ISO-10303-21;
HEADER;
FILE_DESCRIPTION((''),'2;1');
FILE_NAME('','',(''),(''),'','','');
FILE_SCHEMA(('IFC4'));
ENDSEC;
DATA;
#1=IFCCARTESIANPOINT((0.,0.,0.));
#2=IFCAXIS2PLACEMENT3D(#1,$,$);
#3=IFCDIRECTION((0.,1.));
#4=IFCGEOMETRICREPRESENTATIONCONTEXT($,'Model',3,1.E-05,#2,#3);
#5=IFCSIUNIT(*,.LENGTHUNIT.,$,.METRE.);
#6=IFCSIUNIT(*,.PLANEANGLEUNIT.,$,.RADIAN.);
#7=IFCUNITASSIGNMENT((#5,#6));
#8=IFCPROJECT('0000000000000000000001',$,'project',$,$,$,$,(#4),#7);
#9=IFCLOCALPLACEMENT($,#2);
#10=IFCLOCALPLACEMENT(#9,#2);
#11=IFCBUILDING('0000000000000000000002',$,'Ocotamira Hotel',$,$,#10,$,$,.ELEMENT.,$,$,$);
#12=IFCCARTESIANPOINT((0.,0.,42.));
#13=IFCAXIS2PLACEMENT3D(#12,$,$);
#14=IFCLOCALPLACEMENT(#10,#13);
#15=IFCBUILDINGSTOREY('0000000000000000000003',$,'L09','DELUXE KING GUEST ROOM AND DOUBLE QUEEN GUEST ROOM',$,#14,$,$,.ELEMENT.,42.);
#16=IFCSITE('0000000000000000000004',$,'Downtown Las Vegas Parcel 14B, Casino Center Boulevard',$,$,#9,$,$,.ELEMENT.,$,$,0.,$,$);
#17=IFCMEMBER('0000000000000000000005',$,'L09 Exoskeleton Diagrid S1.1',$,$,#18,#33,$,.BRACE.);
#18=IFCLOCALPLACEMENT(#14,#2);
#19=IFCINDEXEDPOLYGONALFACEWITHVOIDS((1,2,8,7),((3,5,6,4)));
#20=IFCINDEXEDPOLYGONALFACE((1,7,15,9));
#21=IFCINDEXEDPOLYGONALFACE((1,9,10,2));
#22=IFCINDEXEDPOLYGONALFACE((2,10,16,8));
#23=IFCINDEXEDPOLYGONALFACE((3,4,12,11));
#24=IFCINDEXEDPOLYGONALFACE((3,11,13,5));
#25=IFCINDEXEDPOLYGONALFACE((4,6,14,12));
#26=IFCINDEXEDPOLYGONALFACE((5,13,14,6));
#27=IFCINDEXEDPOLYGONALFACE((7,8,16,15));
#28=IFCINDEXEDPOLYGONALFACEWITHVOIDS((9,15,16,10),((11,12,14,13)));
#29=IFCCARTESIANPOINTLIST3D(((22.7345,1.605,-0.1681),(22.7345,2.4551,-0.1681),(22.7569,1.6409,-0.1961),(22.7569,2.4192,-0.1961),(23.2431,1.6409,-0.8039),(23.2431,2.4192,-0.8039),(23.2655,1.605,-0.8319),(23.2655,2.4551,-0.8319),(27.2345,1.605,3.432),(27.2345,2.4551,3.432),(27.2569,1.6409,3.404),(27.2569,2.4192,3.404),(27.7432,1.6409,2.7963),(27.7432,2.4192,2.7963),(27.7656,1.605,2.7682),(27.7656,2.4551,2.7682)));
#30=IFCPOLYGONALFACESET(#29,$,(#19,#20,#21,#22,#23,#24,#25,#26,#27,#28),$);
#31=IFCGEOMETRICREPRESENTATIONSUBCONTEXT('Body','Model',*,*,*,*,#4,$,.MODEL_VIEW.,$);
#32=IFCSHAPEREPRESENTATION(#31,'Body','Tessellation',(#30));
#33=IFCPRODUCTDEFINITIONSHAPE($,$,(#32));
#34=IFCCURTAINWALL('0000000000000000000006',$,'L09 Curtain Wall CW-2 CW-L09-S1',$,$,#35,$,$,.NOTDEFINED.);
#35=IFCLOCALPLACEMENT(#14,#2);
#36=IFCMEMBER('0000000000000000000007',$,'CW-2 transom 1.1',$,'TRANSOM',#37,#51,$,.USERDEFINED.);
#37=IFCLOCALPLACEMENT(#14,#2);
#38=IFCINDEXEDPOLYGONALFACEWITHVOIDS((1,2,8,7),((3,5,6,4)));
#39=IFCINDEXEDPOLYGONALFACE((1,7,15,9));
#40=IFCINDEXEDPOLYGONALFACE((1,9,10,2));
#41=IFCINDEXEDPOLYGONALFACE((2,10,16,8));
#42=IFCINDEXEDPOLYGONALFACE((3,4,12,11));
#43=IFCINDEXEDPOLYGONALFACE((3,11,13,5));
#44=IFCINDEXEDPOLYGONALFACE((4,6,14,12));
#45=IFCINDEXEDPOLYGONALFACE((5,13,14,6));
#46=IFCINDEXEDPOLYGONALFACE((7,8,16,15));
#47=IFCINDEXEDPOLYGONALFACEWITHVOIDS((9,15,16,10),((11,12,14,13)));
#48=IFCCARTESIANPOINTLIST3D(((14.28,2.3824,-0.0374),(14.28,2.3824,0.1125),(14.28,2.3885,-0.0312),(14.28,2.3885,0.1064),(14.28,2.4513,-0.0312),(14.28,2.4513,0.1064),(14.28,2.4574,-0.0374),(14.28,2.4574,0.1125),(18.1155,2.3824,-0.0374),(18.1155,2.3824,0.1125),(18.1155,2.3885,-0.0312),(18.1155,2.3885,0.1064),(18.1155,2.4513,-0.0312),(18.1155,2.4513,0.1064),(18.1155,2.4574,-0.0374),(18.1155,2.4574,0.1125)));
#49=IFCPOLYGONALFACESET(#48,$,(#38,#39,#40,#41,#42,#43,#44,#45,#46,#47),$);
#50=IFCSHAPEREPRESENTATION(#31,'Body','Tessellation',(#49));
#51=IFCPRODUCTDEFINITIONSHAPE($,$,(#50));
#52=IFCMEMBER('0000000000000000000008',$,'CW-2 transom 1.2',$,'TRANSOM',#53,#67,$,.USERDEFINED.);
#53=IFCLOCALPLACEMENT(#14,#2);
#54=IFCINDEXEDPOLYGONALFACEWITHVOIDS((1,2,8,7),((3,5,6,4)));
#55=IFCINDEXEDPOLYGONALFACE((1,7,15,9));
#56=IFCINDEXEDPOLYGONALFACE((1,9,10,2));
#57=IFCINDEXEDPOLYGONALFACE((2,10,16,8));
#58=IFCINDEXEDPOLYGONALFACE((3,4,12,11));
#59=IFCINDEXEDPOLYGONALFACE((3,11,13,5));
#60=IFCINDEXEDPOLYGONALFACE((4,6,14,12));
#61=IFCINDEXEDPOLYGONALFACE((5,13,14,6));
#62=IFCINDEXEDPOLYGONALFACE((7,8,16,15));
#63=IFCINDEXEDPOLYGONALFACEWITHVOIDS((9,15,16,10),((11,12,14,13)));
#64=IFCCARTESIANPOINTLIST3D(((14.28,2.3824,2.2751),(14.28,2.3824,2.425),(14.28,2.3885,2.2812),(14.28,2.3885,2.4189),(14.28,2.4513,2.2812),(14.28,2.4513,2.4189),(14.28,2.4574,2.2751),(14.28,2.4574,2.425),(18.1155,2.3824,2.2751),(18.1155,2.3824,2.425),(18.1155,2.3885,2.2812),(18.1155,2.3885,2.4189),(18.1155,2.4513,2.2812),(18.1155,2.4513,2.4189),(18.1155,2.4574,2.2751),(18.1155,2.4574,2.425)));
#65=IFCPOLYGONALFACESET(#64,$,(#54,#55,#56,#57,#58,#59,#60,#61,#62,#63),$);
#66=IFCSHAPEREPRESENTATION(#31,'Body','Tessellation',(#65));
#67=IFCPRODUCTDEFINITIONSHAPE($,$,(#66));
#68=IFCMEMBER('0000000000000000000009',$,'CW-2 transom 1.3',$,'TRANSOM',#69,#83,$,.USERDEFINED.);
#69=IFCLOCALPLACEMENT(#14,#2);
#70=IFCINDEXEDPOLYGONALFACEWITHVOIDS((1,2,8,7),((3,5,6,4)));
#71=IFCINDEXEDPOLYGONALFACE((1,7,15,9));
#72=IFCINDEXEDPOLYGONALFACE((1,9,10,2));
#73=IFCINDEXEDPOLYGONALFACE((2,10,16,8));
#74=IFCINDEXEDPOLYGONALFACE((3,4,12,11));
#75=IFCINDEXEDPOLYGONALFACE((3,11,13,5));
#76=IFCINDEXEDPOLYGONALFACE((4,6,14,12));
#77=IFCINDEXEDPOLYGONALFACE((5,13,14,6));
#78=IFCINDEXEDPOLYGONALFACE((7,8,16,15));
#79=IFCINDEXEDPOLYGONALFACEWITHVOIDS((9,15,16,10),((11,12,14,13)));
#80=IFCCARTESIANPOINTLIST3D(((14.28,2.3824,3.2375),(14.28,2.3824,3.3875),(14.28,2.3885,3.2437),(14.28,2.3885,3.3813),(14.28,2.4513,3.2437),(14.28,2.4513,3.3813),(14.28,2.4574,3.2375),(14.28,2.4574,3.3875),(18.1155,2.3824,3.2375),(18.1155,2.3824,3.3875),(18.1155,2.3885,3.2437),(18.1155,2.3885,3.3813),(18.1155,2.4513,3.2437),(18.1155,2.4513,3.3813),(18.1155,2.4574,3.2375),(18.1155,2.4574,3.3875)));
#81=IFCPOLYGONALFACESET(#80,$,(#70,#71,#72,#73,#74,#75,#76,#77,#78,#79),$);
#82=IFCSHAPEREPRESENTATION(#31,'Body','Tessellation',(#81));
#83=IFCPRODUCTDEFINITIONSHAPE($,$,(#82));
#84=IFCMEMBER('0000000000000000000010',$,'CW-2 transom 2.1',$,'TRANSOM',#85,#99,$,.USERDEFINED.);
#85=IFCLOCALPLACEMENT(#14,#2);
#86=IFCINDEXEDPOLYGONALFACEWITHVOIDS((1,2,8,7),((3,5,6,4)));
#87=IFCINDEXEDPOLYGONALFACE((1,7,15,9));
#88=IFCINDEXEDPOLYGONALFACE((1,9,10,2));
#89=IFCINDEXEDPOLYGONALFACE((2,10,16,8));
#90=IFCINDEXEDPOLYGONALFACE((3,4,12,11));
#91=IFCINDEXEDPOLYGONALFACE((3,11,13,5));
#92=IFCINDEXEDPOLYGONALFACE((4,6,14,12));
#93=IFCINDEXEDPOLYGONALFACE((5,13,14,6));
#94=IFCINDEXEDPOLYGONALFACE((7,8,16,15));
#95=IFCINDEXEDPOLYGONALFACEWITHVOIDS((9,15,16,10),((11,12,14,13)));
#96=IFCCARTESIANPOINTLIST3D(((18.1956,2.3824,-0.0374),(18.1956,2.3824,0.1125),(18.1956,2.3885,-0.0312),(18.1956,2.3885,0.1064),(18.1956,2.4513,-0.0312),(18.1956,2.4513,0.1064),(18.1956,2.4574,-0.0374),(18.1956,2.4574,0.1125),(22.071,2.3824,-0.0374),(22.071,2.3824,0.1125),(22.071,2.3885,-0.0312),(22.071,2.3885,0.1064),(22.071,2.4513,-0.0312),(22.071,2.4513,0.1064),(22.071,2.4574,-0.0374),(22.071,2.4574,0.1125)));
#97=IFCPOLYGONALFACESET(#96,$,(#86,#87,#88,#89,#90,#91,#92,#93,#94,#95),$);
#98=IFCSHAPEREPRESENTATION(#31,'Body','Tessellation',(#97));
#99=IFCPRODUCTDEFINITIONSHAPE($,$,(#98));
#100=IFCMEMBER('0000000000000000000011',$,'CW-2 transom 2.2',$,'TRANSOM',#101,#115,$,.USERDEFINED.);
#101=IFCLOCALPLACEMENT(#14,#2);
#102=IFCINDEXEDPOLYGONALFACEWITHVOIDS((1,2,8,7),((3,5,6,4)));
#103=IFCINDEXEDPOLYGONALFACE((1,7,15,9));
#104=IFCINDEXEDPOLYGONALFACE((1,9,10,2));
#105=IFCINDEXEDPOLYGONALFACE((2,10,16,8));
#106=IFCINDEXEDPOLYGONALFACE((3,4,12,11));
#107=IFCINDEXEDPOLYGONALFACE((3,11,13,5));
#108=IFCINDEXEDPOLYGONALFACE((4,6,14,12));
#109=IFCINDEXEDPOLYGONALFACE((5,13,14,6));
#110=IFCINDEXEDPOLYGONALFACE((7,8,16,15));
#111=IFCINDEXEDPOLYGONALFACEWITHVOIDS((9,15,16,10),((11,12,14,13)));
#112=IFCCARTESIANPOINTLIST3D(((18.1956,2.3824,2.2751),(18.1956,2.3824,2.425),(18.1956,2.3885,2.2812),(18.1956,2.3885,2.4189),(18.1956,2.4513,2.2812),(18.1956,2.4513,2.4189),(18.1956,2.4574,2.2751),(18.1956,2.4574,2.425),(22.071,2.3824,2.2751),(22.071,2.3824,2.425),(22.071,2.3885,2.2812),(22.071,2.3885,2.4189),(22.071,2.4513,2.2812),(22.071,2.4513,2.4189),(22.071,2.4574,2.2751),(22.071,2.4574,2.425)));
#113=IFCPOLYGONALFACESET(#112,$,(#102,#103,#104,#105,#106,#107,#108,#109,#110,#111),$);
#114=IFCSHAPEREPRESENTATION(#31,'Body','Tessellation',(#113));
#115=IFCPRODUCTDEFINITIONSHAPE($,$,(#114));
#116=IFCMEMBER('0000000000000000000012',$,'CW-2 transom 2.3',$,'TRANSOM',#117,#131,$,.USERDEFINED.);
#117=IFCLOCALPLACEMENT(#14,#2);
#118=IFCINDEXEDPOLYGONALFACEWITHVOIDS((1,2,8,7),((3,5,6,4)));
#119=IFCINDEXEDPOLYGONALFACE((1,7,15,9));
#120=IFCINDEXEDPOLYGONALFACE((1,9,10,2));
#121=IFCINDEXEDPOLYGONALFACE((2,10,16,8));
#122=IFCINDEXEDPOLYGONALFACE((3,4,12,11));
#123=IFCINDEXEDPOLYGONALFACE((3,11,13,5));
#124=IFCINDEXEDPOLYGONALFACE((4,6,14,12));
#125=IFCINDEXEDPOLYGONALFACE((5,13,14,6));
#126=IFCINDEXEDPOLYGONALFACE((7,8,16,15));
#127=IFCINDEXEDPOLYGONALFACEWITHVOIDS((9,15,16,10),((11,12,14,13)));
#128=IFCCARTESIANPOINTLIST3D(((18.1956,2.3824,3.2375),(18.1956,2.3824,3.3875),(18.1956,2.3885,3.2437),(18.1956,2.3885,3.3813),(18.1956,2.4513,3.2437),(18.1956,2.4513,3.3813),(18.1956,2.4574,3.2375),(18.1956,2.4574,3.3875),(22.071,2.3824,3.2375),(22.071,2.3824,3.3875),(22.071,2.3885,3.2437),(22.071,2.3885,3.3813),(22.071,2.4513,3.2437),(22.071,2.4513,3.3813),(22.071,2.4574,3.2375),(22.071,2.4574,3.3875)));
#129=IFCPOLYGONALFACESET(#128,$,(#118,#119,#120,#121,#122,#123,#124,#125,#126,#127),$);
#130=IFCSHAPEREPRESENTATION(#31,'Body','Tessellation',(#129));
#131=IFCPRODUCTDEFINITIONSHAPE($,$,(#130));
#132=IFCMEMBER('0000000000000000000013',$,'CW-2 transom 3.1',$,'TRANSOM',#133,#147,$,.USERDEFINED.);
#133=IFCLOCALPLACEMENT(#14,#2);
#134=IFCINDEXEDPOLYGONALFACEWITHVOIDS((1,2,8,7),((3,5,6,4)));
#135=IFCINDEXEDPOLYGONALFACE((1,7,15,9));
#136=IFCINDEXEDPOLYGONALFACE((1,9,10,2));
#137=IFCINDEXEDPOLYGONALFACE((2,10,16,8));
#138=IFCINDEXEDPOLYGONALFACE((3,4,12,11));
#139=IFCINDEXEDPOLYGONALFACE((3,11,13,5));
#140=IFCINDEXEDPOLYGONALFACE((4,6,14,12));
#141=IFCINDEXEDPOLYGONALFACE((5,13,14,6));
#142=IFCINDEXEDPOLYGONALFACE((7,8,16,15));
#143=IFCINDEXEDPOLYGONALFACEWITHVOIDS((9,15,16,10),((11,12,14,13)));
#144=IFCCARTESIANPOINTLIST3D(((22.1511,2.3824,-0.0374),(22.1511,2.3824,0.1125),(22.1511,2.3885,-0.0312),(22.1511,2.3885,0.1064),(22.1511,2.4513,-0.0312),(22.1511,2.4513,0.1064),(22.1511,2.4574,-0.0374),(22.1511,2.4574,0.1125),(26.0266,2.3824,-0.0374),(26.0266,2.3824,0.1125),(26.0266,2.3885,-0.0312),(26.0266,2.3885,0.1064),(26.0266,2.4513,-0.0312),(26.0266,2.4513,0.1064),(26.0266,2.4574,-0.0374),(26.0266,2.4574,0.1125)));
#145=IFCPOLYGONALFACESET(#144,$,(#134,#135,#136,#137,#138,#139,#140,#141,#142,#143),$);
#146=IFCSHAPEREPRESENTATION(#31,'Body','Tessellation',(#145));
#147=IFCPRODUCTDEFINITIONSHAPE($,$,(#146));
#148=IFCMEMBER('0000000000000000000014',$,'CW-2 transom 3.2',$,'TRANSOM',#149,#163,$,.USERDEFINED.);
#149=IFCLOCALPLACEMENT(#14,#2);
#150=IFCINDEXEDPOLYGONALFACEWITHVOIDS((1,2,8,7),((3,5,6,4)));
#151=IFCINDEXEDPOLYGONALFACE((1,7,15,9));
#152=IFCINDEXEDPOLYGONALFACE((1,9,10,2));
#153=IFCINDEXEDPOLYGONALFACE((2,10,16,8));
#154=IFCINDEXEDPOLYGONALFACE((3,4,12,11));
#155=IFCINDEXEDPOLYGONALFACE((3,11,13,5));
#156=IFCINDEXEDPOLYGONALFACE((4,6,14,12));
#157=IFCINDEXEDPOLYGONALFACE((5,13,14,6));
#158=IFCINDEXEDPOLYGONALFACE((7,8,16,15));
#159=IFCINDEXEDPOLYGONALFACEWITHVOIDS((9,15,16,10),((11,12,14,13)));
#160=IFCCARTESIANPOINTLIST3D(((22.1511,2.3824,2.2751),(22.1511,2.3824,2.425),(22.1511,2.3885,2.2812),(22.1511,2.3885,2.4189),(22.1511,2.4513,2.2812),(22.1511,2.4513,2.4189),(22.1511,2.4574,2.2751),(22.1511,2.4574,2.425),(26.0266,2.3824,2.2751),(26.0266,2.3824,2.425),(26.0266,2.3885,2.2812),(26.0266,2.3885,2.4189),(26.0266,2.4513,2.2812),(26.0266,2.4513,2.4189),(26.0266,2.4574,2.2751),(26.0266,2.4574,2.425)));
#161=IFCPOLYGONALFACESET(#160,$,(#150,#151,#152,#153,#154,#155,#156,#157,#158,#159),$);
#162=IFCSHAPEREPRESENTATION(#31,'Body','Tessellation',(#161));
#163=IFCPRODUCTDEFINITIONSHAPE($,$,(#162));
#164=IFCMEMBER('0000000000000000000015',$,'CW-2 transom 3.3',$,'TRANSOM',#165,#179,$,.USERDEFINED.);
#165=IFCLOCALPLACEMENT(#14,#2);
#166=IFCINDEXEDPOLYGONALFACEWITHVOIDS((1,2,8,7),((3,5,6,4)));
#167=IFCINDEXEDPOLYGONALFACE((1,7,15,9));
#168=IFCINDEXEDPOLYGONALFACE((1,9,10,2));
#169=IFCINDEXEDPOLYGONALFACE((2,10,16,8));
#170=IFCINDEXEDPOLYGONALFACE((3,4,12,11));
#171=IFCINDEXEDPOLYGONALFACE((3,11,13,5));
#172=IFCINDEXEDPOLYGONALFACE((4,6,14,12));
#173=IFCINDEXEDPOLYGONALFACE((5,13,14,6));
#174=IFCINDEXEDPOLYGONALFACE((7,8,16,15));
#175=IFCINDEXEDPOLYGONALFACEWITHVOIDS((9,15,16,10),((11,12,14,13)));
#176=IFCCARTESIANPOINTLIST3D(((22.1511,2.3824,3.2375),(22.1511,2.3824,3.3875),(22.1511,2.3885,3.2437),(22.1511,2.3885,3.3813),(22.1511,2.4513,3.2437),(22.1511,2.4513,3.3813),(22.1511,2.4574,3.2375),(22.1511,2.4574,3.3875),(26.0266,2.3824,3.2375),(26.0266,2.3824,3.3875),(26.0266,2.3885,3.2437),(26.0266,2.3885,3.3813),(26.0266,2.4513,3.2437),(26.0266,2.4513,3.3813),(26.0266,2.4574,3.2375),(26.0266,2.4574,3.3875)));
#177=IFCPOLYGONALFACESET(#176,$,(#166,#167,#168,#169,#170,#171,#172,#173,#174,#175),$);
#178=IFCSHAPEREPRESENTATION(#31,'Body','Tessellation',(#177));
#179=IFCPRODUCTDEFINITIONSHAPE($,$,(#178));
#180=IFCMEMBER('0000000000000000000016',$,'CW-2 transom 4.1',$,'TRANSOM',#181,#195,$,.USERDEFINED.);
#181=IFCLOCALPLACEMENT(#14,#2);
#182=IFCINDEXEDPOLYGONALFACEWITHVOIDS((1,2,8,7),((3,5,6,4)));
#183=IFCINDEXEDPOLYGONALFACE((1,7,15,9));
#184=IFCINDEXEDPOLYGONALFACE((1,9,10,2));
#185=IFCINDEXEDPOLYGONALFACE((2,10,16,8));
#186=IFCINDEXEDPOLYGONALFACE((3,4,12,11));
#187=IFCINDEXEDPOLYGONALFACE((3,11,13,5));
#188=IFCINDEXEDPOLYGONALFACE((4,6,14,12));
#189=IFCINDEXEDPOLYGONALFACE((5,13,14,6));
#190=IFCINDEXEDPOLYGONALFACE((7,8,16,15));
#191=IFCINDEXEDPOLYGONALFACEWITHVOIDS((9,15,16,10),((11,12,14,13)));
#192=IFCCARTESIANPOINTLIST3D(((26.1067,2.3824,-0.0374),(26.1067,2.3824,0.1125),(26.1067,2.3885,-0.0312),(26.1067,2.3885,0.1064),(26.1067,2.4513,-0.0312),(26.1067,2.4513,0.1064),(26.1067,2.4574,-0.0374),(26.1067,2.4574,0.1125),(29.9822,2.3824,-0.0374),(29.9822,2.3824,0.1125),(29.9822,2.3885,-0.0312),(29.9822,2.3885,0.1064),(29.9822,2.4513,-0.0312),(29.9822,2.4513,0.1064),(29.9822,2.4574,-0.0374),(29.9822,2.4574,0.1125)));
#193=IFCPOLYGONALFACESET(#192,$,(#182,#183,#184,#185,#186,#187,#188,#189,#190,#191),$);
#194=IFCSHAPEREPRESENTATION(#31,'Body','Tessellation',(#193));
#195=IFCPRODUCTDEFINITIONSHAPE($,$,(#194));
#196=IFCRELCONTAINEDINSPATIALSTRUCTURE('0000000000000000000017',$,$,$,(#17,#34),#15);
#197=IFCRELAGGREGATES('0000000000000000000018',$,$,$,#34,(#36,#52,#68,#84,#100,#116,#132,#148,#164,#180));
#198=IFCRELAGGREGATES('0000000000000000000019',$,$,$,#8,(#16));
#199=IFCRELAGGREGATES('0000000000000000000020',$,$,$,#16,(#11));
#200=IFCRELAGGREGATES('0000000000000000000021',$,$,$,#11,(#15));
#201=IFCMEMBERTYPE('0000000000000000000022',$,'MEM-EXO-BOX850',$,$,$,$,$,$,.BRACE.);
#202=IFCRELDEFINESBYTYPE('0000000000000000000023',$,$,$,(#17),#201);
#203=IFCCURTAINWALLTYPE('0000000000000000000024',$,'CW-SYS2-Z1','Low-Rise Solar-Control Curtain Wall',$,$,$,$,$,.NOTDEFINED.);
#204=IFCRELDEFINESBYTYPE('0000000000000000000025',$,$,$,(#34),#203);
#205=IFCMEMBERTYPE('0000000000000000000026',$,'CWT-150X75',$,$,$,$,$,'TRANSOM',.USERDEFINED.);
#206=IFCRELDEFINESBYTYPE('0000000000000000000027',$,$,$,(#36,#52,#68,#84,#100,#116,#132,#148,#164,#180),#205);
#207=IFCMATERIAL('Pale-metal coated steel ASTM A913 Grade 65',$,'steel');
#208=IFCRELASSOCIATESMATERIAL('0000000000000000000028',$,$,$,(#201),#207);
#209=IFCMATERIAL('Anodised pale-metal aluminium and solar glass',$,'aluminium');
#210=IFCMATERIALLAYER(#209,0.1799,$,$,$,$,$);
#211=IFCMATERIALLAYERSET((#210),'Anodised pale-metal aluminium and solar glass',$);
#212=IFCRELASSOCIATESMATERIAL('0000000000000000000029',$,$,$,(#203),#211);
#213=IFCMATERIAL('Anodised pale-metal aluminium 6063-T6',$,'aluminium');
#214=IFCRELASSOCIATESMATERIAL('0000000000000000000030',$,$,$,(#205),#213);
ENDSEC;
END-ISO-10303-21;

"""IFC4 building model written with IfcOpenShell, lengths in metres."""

from ifc_helpers import new_model, si_unit, direction, frame, origin, origin_2d, place, context, subcontext, project, spatial, hollow_rectangle, extrude, source, transform, mapped, material, layer, layer_set, material_profile, profile_set, type_object, element, aggregate, save


model = new_model("IFC4")

# Units and contexts
model_context = context("Model", 3, precision=1e-05, world=origin(), true_north=direction((0.0, 1.0)))
body_context = subcontext(model_context, "Body", "Model", "MODEL_VIEW")
ifc_project = project(units=[si_unit("LENGTHUNIT", "METRE"), si_unit("PLANEANGLEUNIT", "RADIAN")], contexts=[model_context])

# Site, building, storey
site_placement = place(None, origin())
site = spatial("IfcSite", under=ifc_project, at=site_placement, Name="Downtown Las Vegas Parcel 14B, Casino Center Boulevard", CompositionType="ELEMENT", RefElevation=0.0)
building_placement = place(site_placement, origin())
building = spatial("IfcBuilding", under=site, at=building_placement, Name="Ocotamira Hotel", CompositionType="ELEMENT")
storey_placement = place(building_placement, frame((0.0, 0.0, 42.0)))
storey = spatial("IfcBuildingStorey", under=building, at=storey_placement, Name="L09", Description="DELUXE KING GUEST ROOM AND DOUBLE QUEEN GUEST ROOM", CompositionType="ELEMENT", Elevation=42.0)

# Member
ifc_material_1 = material(Name="Pale-metal coated steel ASTM A913 Grade 65", Category="steel")
ifc_material_profile_1 = material_profile(ifc_material_1, hollow_rectangle(XDim=0.8501, YDim=0.8501, WallThickness=0.0359, at=origin_2d()), Name="BOX850X850X36")
ifc_profile_set_1 = profile_set([ifc_material_profile_1], Name="Pale-metal coated steel ASTM A913 Grade 65")
member_type_1 = type_object("IfcMemberType", Name="MEM-EXO-BOX850", PredefinedType="BRACE", material=ifc_profile_set_1)
shared_shape_1 = source(origin(), body_context, "Body", "SweptSolid", [
    extrude(hollow_rectangle(XDim=0.8501, YDim=0.8501, WallThickness=0.0359, at=origin_2d()), origin(), (0.0, 0.0, 1.0), 5.7629),
])
for number, where, z_axis, x_axis, name in (
    (1, (23.0, 2.03, -0.5), (0.780861, 0.0, 0.624705), (0.0, 1.0, 0.0), "L09 Exoskeleton Diagrid S1.1"),
):
    element("IfcMember", number, at=place(storey_placement, frame(where, z_axis=z_axis, x_axis=x_axis)), inside=storey, type_object=member_type_1, Name=name, PredefinedType="BRACE", context=body_context, shape_type="MappedRepresentation", body=[
        mapped(shared_shape_1, transform((0.0, 0.0, 0.0), scale=1.0)),
    ])

# Curtain wall, members
ifc_material_2 = material(Name="Anodised pale-metal aluminium and solar glass", Category="aluminium")
ifc_layer_1 = layer(ifc_material_2, 0.1799)
ifc_layer_set_1 = layer_set([ifc_layer_1], Name="Anodised pale-metal aluminium and solar glass")
curtain_wall_type = type_object("IfcCurtainWallType", Name="CW-SYS2-Z1", Description="Low-Rise Solar-Control Curtain Wall", PredefinedType="NOTDEFINED", material=ifc_layer_set_1)
curtain_wall_placement = place(storey_placement, origin())
curtain_wall = element("IfcCurtainWall", 2, at=curtain_wall_placement, inside=storey, type_object=curtain_wall_type, Name="L09 Curtain Wall CW-2 CW-L09-S1", PredefinedType="NOTDEFINED")
ifc_material_3 = material(Name="Anodised pale-metal aluminium 6063-T6", Category="aluminium")
ifc_material_profile_2 = material_profile(ifc_material_3, hollow_rectangle(XDim=0.075, YDim=0.1499, WallThickness=0.0061, at=origin_2d()), Name="HSS150X75X6")
ifc_profile_set_2 = profile_set([ifc_material_profile_2], Name="Anodised pale-metal aluminium 6063-T6")
member_type_2 = type_object("IfcMemberType", Name="CWT-150X75", ElementType="TRANSOM", PredefinedType="USERDEFINED", material=ifc_profile_set_2)
shared_shape_2 = source(origin(), body_context, "Body", "SweptSolid", [
    extrude(hollow_rectangle(XDim=0.075, YDim=0.1499, WallThickness=0.0061, at=origin_2d()), origin(), (0.0, 0.0, 1.0), 3.8354),
])
member_1_placement = place(storey_placement, frame((14.28, 2.4199, 0.0376), z_axis=(1.0, 0.0, 0.0), x_axis=(0.0, 1.0, 0.0)))
member_1 = element("IfcMember", 3, at=member_1_placement, type_object=member_type_2, Name="CW-2 transom 1.1", ObjectType="TRANSOM", PredefinedType="USERDEFINED", context=body_context, shape_type="MappedRepresentation", body=[
    mapped(shared_shape_2, transform((0.0, 0.0, 0.0), scale=1.0)),
])
member_2_placement = place(storey_placement, frame((14.28, 2.4199, 2.3501), z_axis=(1.0, 0.0, 0.0), x_axis=(0.0, 1.0, 0.0)))
member_2 = element("IfcMember", 4, at=member_2_placement, type_object=member_type_2, Name="CW-2 transom 1.2", ObjectType="TRANSOM", PredefinedType="USERDEFINED", context=body_context, shape_type="MappedRepresentation", body=[
    mapped(shared_shape_2, transform((0.0, 0.0, 0.0), scale=1.0)),
])
member_3_placement = place(storey_placement, frame((14.28, 2.4199, 3.3125), z_axis=(1.0, 0.0, 0.0), x_axis=(0.0, 1.0, 0.0)))
member_3 = element("IfcMember", 5, at=member_3_placement, type_object=member_type_2, Name="CW-2 transom 1.3", ObjectType="TRANSOM", PredefinedType="USERDEFINED", context=body_context, shape_type="MappedRepresentation", body=[
    mapped(shared_shape_2, transform((0.0, 0.0, 0.0), scale=1.0)),
])
shared_shape_3 = source(origin(), body_context, "Body", "SweptSolid", [
    extrude(hollow_rectangle(XDim=0.075, YDim=0.1499, WallThickness=0.0061, at=origin_2d()), origin(), (0.0, 0.0, 1.0), 3.8755),
])
member_4_placement = place(storey_placement, frame((18.1956, 2.4199, 0.0376), z_axis=(1.0, 0.0, 0.0), x_axis=(0.0, 1.0, 0.0)))
member_4 = element("IfcMember", 6, at=member_4_placement, type_object=member_type_2, Name="CW-2 transom 2.1", ObjectType="TRANSOM", PredefinedType="USERDEFINED", context=body_context, shape_type="MappedRepresentation", body=[
    mapped(shared_shape_3, transform((0.0, 0.0, 0.0), scale=1.0)),
])
member_5_placement = place(storey_placement, frame((18.1956, 2.4199, 2.3501), z_axis=(1.0, 0.0, 0.0), x_axis=(0.0, 1.0, 0.0)))
member_5 = element("IfcMember", 7, at=member_5_placement, type_object=member_type_2, Name="CW-2 transom 2.2", ObjectType="TRANSOM", PredefinedType="USERDEFINED", context=body_context, shape_type="MappedRepresentation", body=[
    mapped(shared_shape_3, transform((0.0, 0.0, 0.0), scale=1.0)),
])
member_6_placement = place(storey_placement, frame((18.1956, 2.4199, 3.3125), z_axis=(1.0, 0.0, 0.0), x_axis=(0.0, 1.0, 0.0)))
member_6 = element("IfcMember", 8, at=member_6_placement, type_object=member_type_2, Name="CW-2 transom 2.3", ObjectType="TRANSOM", PredefinedType="USERDEFINED", context=body_context, shape_type="MappedRepresentation", body=[
    mapped(shared_shape_3, transform((0.0, 0.0, 0.0), scale=1.0)),
])
member_7_placement = place(storey_placement, frame((22.1511, 2.4199, 0.0376), z_axis=(1.0, 0.0, 0.0), x_axis=(0.0, 1.0, 0.0)))
member_7 = element("IfcMember", 9, at=member_7_placement, type_object=member_type_2, Name="CW-2 transom 3.1", ObjectType="TRANSOM", PredefinedType="USERDEFINED", context=body_context, shape_type="MappedRepresentation", body=[
    mapped(shared_shape_3, transform((0.0, 0.0, 0.0), scale=1.0)),
])
member_8_placement = place(storey_placement, frame((22.1511, 2.4199, 2.3501), z_axis=(1.0, 0.0, 0.0), x_axis=(0.0, 1.0, 0.0)))
member_8 = element("IfcMember", 10, at=member_8_placement, type_object=member_type_2, Name="CW-2 transom 3.2", ObjectType="TRANSOM", PredefinedType="USERDEFINED", context=body_context, shape_type="MappedRepresentation", body=[
    mapped(shared_shape_3, transform((0.0, 0.0, 0.0), scale=1.0)),
])
member_9_placement = place(storey_placement, frame((22.1511, 2.4199, 3.3125), z_axis=(1.0, 0.0, 0.0), x_axis=(0.0, 1.0, 0.0)))
member_9 = element("IfcMember", 11, at=member_9_placement, type_object=member_type_2, Name="CW-2 transom 3.3", ObjectType="TRANSOM", PredefinedType="USERDEFINED", context=body_context, shape_type="MappedRepresentation", body=[
    mapped(shared_shape_3, transform((0.0, 0.0, 0.0), scale=1.0)),
])
member_10_placement = place(storey_placement, frame((26.1067, 2.4199, 0.0376), z_axis=(1.0, 0.0, 0.0), x_axis=(0.0, 1.0, 0.0)))
member_10 = element("IfcMember", 12, at=member_10_placement, type_object=member_type_2, Name="CW-2 transom 4.1", ObjectType="TRANSOM", PredefinedType="USERDEFINED", context=body_context, shape_type="MappedRepresentation", body=[
    mapped(shared_shape_3, transform((0.0, 0.0, 0.0), scale=1.0)),
])

aggregate(curtain_wall, [member_1, member_2, member_3, member_4, member_5, member_6, member_7, member_8, member_9, member_10])

save(model, "model.ifc")
